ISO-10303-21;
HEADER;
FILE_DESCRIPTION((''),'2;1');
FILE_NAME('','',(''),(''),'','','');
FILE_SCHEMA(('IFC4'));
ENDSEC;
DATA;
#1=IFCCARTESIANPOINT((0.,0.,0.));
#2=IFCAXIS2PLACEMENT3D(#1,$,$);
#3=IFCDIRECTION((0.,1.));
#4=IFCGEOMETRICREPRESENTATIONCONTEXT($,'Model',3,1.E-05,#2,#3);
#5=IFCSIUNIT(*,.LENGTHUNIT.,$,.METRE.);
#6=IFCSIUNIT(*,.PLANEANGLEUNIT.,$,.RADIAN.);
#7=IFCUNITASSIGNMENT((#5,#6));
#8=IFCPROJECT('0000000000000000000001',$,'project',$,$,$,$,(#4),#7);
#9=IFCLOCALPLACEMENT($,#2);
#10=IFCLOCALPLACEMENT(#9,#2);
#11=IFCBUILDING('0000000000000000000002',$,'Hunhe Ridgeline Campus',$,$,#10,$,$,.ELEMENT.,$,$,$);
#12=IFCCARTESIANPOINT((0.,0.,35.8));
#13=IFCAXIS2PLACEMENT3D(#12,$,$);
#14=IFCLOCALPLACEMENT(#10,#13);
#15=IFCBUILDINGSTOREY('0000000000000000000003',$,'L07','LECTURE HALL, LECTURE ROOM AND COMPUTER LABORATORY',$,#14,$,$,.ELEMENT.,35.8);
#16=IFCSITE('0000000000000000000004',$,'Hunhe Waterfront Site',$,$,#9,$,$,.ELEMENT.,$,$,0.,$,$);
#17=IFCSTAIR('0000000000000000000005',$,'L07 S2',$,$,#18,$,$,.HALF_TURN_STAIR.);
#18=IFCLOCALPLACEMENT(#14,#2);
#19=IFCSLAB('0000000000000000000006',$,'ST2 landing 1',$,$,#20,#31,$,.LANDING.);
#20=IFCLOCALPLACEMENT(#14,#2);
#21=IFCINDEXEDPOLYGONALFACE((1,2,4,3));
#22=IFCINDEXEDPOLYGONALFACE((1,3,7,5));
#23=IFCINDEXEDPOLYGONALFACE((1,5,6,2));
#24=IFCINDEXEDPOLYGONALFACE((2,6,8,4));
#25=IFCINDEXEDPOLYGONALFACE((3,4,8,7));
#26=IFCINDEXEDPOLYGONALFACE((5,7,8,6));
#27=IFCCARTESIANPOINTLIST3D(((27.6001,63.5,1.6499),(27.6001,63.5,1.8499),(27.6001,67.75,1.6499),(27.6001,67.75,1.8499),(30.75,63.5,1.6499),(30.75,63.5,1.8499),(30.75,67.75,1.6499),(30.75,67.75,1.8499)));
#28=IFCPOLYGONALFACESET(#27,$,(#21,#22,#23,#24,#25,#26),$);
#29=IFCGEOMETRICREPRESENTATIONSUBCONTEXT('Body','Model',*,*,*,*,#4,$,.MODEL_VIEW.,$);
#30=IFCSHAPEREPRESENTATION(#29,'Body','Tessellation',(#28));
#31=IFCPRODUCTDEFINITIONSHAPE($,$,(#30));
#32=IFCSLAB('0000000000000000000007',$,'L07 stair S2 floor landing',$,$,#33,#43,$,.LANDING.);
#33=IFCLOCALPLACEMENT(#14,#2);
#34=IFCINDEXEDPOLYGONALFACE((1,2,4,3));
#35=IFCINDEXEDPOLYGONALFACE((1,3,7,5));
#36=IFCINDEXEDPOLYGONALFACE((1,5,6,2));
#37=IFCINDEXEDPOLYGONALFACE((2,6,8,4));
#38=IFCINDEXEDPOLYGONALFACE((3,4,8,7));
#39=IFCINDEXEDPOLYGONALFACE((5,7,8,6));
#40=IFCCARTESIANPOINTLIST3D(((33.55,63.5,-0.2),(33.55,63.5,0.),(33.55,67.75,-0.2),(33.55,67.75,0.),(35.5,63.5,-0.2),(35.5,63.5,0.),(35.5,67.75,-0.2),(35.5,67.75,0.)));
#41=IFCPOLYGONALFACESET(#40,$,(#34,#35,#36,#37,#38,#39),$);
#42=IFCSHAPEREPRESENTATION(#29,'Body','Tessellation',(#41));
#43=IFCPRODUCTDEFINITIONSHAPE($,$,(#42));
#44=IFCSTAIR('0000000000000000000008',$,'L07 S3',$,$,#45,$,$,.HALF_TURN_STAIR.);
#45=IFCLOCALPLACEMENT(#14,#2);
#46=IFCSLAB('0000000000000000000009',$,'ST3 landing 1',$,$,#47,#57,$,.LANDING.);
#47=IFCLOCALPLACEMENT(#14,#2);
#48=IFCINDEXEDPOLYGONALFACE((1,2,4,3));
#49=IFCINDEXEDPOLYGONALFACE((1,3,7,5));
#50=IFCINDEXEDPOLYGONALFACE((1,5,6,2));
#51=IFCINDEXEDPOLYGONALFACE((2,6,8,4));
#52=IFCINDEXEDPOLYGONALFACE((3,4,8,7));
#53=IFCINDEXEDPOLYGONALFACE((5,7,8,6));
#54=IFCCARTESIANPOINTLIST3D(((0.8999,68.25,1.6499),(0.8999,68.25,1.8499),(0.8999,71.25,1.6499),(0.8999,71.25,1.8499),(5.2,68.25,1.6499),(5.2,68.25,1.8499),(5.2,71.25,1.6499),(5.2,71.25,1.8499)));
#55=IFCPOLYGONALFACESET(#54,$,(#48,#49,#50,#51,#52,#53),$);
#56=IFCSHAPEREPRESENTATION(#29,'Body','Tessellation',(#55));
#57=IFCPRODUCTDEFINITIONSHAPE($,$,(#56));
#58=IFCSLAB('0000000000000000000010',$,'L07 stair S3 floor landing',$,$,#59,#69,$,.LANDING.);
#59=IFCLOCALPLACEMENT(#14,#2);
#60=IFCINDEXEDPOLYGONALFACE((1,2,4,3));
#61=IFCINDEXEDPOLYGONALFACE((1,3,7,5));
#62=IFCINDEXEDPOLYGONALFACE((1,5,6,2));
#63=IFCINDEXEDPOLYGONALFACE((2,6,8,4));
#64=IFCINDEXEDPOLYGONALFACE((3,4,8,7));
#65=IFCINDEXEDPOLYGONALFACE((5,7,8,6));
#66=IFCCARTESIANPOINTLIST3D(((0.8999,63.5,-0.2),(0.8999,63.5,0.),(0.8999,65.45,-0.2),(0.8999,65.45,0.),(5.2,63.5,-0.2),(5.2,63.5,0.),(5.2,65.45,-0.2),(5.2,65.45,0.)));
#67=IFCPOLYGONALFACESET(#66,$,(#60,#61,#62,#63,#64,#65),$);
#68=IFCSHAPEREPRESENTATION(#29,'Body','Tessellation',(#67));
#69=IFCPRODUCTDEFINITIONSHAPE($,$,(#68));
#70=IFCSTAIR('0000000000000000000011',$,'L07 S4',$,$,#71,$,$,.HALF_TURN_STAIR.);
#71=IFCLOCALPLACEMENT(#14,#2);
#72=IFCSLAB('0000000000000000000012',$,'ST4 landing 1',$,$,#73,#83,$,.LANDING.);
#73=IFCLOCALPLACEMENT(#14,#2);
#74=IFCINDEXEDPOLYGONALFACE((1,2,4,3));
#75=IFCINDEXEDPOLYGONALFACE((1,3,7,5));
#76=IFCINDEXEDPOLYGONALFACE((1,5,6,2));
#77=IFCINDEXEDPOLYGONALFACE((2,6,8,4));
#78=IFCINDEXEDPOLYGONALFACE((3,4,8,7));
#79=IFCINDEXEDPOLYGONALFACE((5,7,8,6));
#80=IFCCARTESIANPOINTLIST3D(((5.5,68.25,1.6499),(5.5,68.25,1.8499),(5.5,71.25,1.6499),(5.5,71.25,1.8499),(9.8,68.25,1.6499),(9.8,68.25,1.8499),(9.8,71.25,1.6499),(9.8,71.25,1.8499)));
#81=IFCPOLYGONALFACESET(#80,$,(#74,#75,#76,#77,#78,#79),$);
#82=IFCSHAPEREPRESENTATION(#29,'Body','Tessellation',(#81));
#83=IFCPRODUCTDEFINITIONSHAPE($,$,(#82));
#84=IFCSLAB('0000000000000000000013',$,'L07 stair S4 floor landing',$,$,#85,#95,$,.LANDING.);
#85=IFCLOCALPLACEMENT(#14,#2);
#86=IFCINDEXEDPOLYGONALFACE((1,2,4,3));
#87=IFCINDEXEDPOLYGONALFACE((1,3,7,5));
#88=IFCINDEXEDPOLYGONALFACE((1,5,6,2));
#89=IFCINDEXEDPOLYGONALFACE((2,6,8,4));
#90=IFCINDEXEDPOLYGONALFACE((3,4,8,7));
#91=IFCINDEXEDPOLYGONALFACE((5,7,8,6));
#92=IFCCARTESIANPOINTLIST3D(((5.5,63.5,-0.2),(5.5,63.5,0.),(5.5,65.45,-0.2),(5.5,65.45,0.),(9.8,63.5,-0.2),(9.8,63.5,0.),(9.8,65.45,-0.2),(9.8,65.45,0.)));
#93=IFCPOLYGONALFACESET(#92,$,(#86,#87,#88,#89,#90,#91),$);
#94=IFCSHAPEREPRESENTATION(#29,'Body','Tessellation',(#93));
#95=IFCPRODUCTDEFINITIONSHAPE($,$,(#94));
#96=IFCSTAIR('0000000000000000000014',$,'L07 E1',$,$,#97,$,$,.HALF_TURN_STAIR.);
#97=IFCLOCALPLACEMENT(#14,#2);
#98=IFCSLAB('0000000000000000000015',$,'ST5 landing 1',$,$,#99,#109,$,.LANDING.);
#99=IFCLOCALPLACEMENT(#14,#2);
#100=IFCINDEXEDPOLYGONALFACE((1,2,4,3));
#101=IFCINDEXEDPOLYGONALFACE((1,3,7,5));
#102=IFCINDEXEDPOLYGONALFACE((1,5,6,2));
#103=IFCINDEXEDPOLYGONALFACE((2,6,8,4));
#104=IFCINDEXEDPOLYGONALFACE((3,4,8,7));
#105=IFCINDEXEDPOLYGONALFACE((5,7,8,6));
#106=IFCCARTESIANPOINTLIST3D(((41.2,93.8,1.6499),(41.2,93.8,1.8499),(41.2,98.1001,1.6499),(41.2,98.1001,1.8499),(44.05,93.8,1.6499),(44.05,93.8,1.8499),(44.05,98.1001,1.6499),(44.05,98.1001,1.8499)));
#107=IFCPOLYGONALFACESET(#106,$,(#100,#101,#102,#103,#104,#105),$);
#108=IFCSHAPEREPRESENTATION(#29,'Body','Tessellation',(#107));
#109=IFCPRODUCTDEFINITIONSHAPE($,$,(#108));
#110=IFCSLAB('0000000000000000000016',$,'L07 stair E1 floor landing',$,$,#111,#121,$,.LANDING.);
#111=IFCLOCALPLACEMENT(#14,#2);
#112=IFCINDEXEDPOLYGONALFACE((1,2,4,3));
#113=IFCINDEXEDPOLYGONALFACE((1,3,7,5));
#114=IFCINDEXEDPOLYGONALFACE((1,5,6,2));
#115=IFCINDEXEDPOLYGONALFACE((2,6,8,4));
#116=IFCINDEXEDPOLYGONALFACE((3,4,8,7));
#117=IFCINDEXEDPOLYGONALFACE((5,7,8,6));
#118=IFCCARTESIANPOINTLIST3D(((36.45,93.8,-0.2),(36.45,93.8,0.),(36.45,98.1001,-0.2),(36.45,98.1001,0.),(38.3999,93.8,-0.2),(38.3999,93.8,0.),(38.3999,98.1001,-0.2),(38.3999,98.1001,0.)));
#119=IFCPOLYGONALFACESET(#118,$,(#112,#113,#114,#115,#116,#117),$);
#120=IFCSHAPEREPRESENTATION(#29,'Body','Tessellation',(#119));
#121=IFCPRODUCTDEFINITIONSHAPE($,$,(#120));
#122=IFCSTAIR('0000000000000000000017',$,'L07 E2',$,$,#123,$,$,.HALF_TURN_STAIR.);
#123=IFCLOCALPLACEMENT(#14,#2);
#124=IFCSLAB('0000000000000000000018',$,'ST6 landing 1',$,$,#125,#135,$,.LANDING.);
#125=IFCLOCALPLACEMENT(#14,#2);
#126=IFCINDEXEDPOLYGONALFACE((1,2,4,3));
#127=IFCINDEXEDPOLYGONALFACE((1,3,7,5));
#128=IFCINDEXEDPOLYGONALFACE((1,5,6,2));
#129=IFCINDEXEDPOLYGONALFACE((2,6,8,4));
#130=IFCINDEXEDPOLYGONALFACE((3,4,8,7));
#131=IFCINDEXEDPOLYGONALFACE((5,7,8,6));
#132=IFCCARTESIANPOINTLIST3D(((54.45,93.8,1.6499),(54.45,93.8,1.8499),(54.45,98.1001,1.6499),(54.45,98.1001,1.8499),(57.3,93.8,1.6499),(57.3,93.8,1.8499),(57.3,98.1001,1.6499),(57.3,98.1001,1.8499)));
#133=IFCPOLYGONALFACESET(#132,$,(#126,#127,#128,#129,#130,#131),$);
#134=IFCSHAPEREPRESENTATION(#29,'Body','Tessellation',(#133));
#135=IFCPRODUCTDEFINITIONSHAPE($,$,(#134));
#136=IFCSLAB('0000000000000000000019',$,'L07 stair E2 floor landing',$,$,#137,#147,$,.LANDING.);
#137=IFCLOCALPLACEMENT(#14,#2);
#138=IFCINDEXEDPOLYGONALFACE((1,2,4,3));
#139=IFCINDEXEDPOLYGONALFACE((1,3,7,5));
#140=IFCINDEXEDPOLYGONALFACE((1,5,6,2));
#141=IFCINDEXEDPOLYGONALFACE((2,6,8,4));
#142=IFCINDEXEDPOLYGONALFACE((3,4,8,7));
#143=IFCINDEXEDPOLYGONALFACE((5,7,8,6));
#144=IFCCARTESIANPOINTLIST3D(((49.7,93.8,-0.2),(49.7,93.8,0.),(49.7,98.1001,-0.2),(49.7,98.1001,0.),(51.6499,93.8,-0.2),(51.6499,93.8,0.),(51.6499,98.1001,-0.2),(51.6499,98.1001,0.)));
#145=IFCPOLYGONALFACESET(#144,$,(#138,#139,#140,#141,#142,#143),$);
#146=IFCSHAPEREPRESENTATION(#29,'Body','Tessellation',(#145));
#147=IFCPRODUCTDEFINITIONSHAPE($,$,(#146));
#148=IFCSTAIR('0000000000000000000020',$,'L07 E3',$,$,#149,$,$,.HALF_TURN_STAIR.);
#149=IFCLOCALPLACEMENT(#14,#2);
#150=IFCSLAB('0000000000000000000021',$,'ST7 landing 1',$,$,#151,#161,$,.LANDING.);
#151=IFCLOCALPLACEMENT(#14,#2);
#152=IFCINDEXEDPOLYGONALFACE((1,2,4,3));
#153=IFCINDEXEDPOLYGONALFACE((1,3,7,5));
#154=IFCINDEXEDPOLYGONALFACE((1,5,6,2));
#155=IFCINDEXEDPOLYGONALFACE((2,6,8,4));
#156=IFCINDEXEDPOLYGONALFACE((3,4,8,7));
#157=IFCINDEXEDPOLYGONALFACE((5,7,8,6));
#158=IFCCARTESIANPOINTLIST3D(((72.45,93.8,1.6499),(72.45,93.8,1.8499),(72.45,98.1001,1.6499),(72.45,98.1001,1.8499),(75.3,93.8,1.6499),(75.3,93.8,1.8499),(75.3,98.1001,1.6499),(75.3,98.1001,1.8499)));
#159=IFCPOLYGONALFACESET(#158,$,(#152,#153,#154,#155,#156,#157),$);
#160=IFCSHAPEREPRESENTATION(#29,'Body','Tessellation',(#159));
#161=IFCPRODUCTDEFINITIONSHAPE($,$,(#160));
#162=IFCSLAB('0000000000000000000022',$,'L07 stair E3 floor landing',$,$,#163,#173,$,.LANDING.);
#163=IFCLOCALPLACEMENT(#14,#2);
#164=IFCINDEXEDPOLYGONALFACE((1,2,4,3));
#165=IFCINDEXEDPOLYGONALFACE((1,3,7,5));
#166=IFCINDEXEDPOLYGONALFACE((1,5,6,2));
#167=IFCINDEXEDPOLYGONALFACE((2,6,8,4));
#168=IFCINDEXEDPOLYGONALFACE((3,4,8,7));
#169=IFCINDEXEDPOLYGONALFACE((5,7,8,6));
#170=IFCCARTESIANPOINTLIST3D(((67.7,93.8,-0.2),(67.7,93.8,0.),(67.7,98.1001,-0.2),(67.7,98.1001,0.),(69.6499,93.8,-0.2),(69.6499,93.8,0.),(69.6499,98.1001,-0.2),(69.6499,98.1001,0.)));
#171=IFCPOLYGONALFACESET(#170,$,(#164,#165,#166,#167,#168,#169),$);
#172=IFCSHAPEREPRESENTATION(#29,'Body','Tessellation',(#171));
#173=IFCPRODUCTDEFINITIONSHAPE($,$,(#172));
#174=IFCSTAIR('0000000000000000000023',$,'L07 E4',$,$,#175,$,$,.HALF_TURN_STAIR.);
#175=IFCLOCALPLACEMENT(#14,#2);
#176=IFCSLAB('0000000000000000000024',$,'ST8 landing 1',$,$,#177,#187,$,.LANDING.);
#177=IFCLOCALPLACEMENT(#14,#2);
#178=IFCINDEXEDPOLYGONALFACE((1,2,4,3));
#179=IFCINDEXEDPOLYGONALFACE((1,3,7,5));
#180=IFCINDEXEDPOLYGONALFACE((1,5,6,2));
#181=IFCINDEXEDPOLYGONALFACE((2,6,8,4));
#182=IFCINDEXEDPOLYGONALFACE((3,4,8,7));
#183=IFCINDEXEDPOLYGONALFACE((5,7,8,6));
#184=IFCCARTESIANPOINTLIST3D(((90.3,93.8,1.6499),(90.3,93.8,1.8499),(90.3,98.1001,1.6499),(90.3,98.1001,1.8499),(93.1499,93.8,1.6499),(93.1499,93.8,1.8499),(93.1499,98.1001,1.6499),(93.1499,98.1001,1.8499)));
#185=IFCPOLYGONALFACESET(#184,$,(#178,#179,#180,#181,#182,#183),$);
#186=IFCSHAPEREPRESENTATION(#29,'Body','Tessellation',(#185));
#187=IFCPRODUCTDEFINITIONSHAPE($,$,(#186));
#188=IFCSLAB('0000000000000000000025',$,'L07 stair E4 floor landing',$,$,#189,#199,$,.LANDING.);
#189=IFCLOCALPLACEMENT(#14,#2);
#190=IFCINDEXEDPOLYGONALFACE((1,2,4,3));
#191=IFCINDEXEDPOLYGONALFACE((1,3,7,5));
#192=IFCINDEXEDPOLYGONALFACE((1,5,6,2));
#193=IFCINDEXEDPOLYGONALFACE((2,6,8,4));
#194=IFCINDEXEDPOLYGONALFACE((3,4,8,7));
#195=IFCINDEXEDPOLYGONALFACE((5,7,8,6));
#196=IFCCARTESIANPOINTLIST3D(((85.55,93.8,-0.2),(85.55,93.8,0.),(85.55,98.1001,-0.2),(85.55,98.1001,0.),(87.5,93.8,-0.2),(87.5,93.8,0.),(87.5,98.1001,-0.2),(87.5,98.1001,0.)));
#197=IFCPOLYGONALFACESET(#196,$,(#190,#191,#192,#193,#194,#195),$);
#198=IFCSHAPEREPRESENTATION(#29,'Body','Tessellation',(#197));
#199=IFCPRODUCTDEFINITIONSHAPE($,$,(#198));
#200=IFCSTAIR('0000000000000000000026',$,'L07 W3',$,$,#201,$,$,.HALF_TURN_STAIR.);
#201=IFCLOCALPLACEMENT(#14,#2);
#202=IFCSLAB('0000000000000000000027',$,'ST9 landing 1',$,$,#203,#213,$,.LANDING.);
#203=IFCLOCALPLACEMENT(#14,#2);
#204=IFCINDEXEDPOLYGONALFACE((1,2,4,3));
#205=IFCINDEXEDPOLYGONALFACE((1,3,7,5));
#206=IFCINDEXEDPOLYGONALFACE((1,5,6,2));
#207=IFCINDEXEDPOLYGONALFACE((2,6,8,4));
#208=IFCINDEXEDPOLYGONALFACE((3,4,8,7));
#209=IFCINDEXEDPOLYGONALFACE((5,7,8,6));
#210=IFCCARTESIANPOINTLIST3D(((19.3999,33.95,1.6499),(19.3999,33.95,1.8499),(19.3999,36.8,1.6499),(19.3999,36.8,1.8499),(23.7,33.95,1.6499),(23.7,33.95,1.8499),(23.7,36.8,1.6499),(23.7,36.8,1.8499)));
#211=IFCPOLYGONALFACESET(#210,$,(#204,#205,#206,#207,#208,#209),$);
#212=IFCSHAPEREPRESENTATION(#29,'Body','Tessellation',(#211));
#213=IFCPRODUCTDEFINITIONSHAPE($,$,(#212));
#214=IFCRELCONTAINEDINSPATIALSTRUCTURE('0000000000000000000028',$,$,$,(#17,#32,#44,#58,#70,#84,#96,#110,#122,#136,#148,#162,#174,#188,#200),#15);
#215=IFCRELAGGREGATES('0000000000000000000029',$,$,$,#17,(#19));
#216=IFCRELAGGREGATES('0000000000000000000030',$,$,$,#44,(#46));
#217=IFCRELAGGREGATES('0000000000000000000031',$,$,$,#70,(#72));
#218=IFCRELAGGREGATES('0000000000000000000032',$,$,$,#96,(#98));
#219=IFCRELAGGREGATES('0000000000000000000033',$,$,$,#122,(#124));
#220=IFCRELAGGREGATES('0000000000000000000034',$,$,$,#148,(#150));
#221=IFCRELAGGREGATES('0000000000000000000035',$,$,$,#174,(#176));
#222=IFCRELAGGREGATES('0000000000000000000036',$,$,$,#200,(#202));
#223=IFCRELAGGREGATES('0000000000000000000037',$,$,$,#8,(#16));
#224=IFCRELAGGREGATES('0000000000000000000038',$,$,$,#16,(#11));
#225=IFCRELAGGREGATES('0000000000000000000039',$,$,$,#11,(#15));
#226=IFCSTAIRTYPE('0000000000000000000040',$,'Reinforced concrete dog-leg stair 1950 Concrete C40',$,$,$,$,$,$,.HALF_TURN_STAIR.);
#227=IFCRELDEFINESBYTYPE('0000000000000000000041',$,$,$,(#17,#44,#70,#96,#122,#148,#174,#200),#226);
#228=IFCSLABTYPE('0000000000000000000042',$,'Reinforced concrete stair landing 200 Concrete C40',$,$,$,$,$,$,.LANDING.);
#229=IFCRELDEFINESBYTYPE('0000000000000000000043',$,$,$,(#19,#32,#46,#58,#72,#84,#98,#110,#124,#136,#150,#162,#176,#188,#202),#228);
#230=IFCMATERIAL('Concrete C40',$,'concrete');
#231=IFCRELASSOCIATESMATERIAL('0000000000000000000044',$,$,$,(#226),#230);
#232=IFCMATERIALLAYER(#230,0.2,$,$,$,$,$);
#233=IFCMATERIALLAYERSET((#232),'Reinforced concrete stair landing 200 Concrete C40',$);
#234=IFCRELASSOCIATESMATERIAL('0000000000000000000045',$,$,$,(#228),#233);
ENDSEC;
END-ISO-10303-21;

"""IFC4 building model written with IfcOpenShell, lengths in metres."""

from ifc_helpers import new_model, si_unit, direction, frame, origin, place, context, subcontext, project, spatial, polyline, outline, extrude, material, layer, layer_set, type_object, element, aggregate, save


model = new_model("IFC4")

# Units and contexts
model_context = context("Model", 3, precision=1e-05, world=origin(), true_north=direction((0.0, 1.0)))
body_context = subcontext(model_context, "Body", "Model", "MODEL_VIEW")
ifc_project = project(units=[si_unit("LENGTHUNIT", "METRE"), si_unit("PLANEANGLEUNIT", "RADIAN")], contexts=[model_context])

# Site, building, storey
site_placement = place(None, origin())
site = spatial("IfcSite", under=ifc_project, at=site_placement, Name="Hunhe Waterfront Site", CompositionType="ELEMENT", RefElevation=0.0)
building_placement = place(site_placement, origin())
building = spatial("IfcBuilding", under=site, at=building_placement, Name="Hunhe Ridgeline Campus", CompositionType="ELEMENT")
storey_placement = place(building_placement, frame((0.0, 0.0, 35.8)))
storey = spatial("IfcBuildingStorey", under=building, at=storey_placement, Name="L07", Description="LECTURE HALL, LECTURE ROOM AND COMPUTER LABORATORY", CompositionType="ELEMENT", Elevation=35.8)

# Shared definitions
ifc_material_1 = material(Name="Concrete C40", Category="concrete")

# Shared definitions
stair_type = type_object("IfcStairType", Name="Reinforced concrete dog-leg stair 1950 Concrete C40", PredefinedType="HALF_TURN_STAIR", material=ifc_material_1)
ifc_layer_1 = layer(ifc_material_1, 0.2)
ifc_layer_set_1 = layer_set([ifc_layer_1], Name="Reinforced concrete stair landing 200 Concrete C40")
slab_type_1 = type_object("IfcSlabType", Name="Reinforced concrete stair landing 200 Concrete C40", PredefinedType="LANDING", material=ifc_layer_set_1)

# Stair, slab
stair_1_placement = place(storey_placement, origin())
stair_1 = element("IfcStair", 1, at=stair_1_placement, inside=storey, type_object=stair_type, Name="L07 S2", PredefinedType="HALF_TURN_STAIR")
slab_1_placement = place(storey_placement, frame((0.0, 0.0, 1.6499)))
slab_1 = element("IfcSlab", 2, at=slab_1_placement, type_object=slab_type_1, Name="ST2 landing 1", PredefinedType="LANDING", context=body_context, shape_type="SweptSolid", body=[
    extrude(outline(polyline([(30.75, 67.75), (27.6001, 67.75), (27.6001, 63.5), (30.75, 63.5), (30.75, 67.75)])), origin(), (0.0, 0.0, 1.0), 0.2),
])
aggregate(stair_1, [slab_1])

# Slab
slab_2_placement = place(storey_placement, frame((0.0, 0.0, -0.2)))
element("IfcSlab", 3, at=slab_2_placement, inside=storey, type_object=slab_type_1, Name="L07 stair S2 floor landing", PredefinedType="LANDING", context=body_context, shape_type="SweptSolid", body=[
    extrude(outline(polyline([(35.5, 67.75), (33.55, 67.75), (33.55, 63.5), (35.5, 63.5), (35.5, 67.75)])), origin(), (0.0, 0.0, 1.0), 0.2),
])

# Stair, slab
stair_2_placement = place(storey_placement, origin())
stair_2 = element("IfcStair", 4, at=stair_2_placement, inside=storey, type_object=stair_type, Name="L07 S3", PredefinedType="HALF_TURN_STAIR")
slab_3_placement = place(storey_placement, frame((0.0, 0.0, 1.6499)))
slab_3 = element("IfcSlab", 5, at=slab_3_placement, type_object=slab_type_1, Name="ST3 landing 1", PredefinedType="LANDING", context=body_context, shape_type="SweptSolid", body=[
    extrude(outline(polyline([(5.2, 68.25), (5.2, 71.25), (0.8999, 71.25), (0.8999, 68.25), (5.2, 68.25)])), origin(), (0.0, 0.0, 1.0), 0.2),
])
aggregate(stair_2, [slab_3])

# Slab
slab_4_placement = place(storey_placement, frame((0.0, 0.0, -0.2)))
element("IfcSlab", 6, at=slab_4_placement, inside=storey, type_object=slab_type_1, Name="L07 stair S3 floor landing", PredefinedType="LANDING", context=body_context, shape_type="SweptSolid", body=[
    extrude(outline(polyline([(5.2, 63.5), (5.2, 65.45), (0.8999, 65.45), (0.8999, 63.5), (5.2, 63.5)])), origin(), (0.0, 0.0, 1.0), 0.2),
])

# Stair, slab
stair_3_placement = place(storey_placement, origin())
stair_3 = element("IfcStair", 7, at=stair_3_placement, inside=storey, type_object=stair_type, Name="L07 S4", PredefinedType="HALF_TURN_STAIR")
slab_5_placement = place(storey_placement, frame((0.0, 0.0, 1.6499)))
slab_5 = element("IfcSlab", 8, at=slab_5_placement, type_object=slab_type_1, Name="ST4 landing 1", PredefinedType="LANDING", context=body_context, shape_type="SweptSolid", body=[
    extrude(outline(polyline([(9.8, 68.25), (9.8, 71.25), (5.5, 71.25), (5.5, 68.25), (9.8, 68.25)])), origin(), (0.0, 0.0, 1.0), 0.2),
])
aggregate(stair_3, [slab_5])

# Slab
slab_6_placement = place(storey_placement, frame((0.0, 0.0, -0.2)))
element("IfcSlab", 9, at=slab_6_placement, inside=storey, type_object=slab_type_1, Name="L07 stair S4 floor landing", PredefinedType="LANDING", context=body_context, shape_type="SweptSolid", body=[
    extrude(outline(polyline([(9.8, 63.5), (9.8, 65.45), (5.5, 65.45), (5.5, 63.5), (9.8, 63.5)])), origin(), (0.0, 0.0, 1.0), 0.2),
])

# Stair, slab
stair_4_placement = place(storey_placement, origin())
stair_4 = element("IfcStair", 10, at=stair_4_placement, inside=storey, type_object=stair_type, Name="L07 E1", PredefinedType="HALF_TURN_STAIR")
slab_7_placement = place(storey_placement, frame((0.0, 0.0, 1.6499)))
slab_7 = element("IfcSlab", 11, at=slab_7_placement, type_object=slab_type_1, Name="ST5 landing 1", PredefinedType="LANDING", context=body_context, shape_type="SweptSolid", body=[
    extrude(outline(polyline([(41.2, 93.8), (44.05, 93.8), (44.05, 98.1001), (41.2, 98.1001), (41.2, 93.8)])), origin(), (0.0, 0.0, 1.0), 0.2),
])
aggregate(stair_4, [slab_7])

# Slab
slab_8_placement = place(storey_placement, frame((0.0, 0.0, -0.2)))
element("IfcSlab", 12, at=slab_8_placement, inside=storey, type_object=slab_type_1, Name="L07 stair E1 floor landing", PredefinedType="LANDING", context=body_context, shape_type="SweptSolid", body=[
    extrude(outline(polyline([(36.45, 93.8), (38.3999, 93.8), (38.3999, 98.1001), (36.45, 98.1001), (36.45, 93.8)])), origin(), (0.0, 0.0, 1.0), 0.2),
])

# Stair, slab
stair_5_placement = place(storey_placement, origin())
stair_5 = element("IfcStair", 13, at=stair_5_placement, inside=storey, type_object=stair_type, Name="L07 E2", PredefinedType="HALF_TURN_STAIR")
slab_9_placement = place(storey_placement, frame((0.0, 0.0, 1.6499)))
slab_9 = element("IfcSlab", 14, at=slab_9_placement, type_object=slab_type_1, Name="ST6 landing 1", PredefinedType="LANDING", context=body_context, shape_type="SweptSolid", body=[
    extrude(outline(polyline([(54.45, 93.8), (57.3, 93.8), (57.3, 98.1001), (54.45, 98.1001), (54.45, 93.8)])), origin(), (0.0, 0.0, 1.0), 0.2),
])
aggregate(stair_5, [slab_9])

# Slab
slab_10_placement = place(storey_placement, frame((0.0, 0.0, -0.2)))
element("IfcSlab", 15, at=slab_10_placement, inside=storey, type_object=slab_type_1, Name="L07 stair E2 floor landing", PredefinedType="LANDING", context=body_context, shape_type="SweptSolid", body=[
    extrude(outline(polyline([(49.7, 93.8), (51.6499, 93.8), (51.6499, 98.1001), (49.7, 98.1001), (49.7, 93.8)])), origin(), (0.0, 0.0, 1.0), 0.2),
])

# Stair, slab
stair_6_placement = place(storey_placement, origin())
stair_6 = element("IfcStair", 16, at=stair_6_placement, inside=storey, type_object=stair_type, Name="L07 E3", PredefinedType="HALF_TURN_STAIR")
slab_11_placement = place(storey_placement, frame((0.0, 0.0, 1.6499)))
slab_11 = element("IfcSlab", 17, at=slab_11_placement, type_object=slab_type_1, Name="ST7 landing 1", PredefinedType="LANDING", context=body_context, shape_type="SweptSolid", body=[
    extrude(outline(polyline([(72.45, 93.8), (75.3, 93.8), (75.3, 98.1001), (72.45, 98.1001), (72.45, 93.8)])), origin(), (0.0, 0.0, 1.0), 0.2),
])
aggregate(stair_6, [slab_11])

# Slab
slab_12_placement = place(storey_placement, frame((0.0, 0.0, -0.2)))
element("IfcSlab", 18, at=slab_12_placement, inside=storey, type_object=slab_type_1, Name="L07 stair E3 floor landing", PredefinedType="LANDING", context=body_context, shape_type="SweptSolid", body=[
    extrude(outline(polyline([(67.7, 93.8), (69.6499, 93.8), (69.6499, 98.1001), (67.7, 98.1001), (67.7, 93.8)])), origin(), (0.0, 0.0, 1.0), 0.2),
])

# Stair, slab
stair_7_placement = place(storey_placement, origin())
stair_7 = element("IfcStair", 19, at=stair_7_placement, inside=storey, type_object=stair_type, Name="L07 E4", PredefinedType="HALF_TURN_STAIR")
slab_13_placement = place(storey_placement, frame((0.0, 0.0, 1.6499)))
slab_13 = element("IfcSlab", 20, at=slab_13_placement, type_object=slab_type_1, Name="ST8 landing 1", PredefinedType="LANDING", context=body_context, shape_type="SweptSolid", body=[
    extrude(outline(polyline([(90.3, 93.8), (93.1499, 93.8), (93.1499, 98.1001), (90.3, 98.1001), (90.3, 93.8)])), origin(), (0.0, 0.0, 1.0), 0.2),
])
aggregate(stair_7, [slab_13])

# Slab
slab_14_placement = place(storey_placement, frame((0.0, 0.0, -0.2)))
element("IfcSlab", 21, at=slab_14_placement, inside=storey, type_object=slab_type_1, Name="L07 stair E4 floor landing", PredefinedType="LANDING", context=body_context, shape_type="SweptSolid", body=[
    extrude(outline(polyline([(85.55, 93.8), (87.5, 93.8), (87.5, 98.1001), (85.55, 98.1001), (85.55, 93.8)])), origin(), (0.0, 0.0, 1.0), 0.2),
])

# Stair, slab
stair_8_placement = place(storey_placement, origin())
stair_8 = element("IfcStair", 22, at=stair_8_placement, inside=storey, type_object=stair_type, Name="L07 W3", PredefinedType="HALF_TURN_STAIR")
slab_15_placement = place(storey_placement, frame((0.0, 0.0, 1.6499)))
slab_15 = element("IfcSlab", 23, at=slab_15_placement, type_object=slab_type_1, Name="ST9 landing 1", PredefinedType="LANDING", context=body_context, shape_type="SweptSolid", body=[
    extrude(outline(polyline([(23.7, 33.95), (23.7, 36.8), (19.3999, 36.8), (19.3999, 33.95), (23.7, 33.95)])), origin(), (0.0, 0.0, 1.0), 0.2),
])
aggregate(stair_8, [slab_15])

save(model, "model.ifc")
